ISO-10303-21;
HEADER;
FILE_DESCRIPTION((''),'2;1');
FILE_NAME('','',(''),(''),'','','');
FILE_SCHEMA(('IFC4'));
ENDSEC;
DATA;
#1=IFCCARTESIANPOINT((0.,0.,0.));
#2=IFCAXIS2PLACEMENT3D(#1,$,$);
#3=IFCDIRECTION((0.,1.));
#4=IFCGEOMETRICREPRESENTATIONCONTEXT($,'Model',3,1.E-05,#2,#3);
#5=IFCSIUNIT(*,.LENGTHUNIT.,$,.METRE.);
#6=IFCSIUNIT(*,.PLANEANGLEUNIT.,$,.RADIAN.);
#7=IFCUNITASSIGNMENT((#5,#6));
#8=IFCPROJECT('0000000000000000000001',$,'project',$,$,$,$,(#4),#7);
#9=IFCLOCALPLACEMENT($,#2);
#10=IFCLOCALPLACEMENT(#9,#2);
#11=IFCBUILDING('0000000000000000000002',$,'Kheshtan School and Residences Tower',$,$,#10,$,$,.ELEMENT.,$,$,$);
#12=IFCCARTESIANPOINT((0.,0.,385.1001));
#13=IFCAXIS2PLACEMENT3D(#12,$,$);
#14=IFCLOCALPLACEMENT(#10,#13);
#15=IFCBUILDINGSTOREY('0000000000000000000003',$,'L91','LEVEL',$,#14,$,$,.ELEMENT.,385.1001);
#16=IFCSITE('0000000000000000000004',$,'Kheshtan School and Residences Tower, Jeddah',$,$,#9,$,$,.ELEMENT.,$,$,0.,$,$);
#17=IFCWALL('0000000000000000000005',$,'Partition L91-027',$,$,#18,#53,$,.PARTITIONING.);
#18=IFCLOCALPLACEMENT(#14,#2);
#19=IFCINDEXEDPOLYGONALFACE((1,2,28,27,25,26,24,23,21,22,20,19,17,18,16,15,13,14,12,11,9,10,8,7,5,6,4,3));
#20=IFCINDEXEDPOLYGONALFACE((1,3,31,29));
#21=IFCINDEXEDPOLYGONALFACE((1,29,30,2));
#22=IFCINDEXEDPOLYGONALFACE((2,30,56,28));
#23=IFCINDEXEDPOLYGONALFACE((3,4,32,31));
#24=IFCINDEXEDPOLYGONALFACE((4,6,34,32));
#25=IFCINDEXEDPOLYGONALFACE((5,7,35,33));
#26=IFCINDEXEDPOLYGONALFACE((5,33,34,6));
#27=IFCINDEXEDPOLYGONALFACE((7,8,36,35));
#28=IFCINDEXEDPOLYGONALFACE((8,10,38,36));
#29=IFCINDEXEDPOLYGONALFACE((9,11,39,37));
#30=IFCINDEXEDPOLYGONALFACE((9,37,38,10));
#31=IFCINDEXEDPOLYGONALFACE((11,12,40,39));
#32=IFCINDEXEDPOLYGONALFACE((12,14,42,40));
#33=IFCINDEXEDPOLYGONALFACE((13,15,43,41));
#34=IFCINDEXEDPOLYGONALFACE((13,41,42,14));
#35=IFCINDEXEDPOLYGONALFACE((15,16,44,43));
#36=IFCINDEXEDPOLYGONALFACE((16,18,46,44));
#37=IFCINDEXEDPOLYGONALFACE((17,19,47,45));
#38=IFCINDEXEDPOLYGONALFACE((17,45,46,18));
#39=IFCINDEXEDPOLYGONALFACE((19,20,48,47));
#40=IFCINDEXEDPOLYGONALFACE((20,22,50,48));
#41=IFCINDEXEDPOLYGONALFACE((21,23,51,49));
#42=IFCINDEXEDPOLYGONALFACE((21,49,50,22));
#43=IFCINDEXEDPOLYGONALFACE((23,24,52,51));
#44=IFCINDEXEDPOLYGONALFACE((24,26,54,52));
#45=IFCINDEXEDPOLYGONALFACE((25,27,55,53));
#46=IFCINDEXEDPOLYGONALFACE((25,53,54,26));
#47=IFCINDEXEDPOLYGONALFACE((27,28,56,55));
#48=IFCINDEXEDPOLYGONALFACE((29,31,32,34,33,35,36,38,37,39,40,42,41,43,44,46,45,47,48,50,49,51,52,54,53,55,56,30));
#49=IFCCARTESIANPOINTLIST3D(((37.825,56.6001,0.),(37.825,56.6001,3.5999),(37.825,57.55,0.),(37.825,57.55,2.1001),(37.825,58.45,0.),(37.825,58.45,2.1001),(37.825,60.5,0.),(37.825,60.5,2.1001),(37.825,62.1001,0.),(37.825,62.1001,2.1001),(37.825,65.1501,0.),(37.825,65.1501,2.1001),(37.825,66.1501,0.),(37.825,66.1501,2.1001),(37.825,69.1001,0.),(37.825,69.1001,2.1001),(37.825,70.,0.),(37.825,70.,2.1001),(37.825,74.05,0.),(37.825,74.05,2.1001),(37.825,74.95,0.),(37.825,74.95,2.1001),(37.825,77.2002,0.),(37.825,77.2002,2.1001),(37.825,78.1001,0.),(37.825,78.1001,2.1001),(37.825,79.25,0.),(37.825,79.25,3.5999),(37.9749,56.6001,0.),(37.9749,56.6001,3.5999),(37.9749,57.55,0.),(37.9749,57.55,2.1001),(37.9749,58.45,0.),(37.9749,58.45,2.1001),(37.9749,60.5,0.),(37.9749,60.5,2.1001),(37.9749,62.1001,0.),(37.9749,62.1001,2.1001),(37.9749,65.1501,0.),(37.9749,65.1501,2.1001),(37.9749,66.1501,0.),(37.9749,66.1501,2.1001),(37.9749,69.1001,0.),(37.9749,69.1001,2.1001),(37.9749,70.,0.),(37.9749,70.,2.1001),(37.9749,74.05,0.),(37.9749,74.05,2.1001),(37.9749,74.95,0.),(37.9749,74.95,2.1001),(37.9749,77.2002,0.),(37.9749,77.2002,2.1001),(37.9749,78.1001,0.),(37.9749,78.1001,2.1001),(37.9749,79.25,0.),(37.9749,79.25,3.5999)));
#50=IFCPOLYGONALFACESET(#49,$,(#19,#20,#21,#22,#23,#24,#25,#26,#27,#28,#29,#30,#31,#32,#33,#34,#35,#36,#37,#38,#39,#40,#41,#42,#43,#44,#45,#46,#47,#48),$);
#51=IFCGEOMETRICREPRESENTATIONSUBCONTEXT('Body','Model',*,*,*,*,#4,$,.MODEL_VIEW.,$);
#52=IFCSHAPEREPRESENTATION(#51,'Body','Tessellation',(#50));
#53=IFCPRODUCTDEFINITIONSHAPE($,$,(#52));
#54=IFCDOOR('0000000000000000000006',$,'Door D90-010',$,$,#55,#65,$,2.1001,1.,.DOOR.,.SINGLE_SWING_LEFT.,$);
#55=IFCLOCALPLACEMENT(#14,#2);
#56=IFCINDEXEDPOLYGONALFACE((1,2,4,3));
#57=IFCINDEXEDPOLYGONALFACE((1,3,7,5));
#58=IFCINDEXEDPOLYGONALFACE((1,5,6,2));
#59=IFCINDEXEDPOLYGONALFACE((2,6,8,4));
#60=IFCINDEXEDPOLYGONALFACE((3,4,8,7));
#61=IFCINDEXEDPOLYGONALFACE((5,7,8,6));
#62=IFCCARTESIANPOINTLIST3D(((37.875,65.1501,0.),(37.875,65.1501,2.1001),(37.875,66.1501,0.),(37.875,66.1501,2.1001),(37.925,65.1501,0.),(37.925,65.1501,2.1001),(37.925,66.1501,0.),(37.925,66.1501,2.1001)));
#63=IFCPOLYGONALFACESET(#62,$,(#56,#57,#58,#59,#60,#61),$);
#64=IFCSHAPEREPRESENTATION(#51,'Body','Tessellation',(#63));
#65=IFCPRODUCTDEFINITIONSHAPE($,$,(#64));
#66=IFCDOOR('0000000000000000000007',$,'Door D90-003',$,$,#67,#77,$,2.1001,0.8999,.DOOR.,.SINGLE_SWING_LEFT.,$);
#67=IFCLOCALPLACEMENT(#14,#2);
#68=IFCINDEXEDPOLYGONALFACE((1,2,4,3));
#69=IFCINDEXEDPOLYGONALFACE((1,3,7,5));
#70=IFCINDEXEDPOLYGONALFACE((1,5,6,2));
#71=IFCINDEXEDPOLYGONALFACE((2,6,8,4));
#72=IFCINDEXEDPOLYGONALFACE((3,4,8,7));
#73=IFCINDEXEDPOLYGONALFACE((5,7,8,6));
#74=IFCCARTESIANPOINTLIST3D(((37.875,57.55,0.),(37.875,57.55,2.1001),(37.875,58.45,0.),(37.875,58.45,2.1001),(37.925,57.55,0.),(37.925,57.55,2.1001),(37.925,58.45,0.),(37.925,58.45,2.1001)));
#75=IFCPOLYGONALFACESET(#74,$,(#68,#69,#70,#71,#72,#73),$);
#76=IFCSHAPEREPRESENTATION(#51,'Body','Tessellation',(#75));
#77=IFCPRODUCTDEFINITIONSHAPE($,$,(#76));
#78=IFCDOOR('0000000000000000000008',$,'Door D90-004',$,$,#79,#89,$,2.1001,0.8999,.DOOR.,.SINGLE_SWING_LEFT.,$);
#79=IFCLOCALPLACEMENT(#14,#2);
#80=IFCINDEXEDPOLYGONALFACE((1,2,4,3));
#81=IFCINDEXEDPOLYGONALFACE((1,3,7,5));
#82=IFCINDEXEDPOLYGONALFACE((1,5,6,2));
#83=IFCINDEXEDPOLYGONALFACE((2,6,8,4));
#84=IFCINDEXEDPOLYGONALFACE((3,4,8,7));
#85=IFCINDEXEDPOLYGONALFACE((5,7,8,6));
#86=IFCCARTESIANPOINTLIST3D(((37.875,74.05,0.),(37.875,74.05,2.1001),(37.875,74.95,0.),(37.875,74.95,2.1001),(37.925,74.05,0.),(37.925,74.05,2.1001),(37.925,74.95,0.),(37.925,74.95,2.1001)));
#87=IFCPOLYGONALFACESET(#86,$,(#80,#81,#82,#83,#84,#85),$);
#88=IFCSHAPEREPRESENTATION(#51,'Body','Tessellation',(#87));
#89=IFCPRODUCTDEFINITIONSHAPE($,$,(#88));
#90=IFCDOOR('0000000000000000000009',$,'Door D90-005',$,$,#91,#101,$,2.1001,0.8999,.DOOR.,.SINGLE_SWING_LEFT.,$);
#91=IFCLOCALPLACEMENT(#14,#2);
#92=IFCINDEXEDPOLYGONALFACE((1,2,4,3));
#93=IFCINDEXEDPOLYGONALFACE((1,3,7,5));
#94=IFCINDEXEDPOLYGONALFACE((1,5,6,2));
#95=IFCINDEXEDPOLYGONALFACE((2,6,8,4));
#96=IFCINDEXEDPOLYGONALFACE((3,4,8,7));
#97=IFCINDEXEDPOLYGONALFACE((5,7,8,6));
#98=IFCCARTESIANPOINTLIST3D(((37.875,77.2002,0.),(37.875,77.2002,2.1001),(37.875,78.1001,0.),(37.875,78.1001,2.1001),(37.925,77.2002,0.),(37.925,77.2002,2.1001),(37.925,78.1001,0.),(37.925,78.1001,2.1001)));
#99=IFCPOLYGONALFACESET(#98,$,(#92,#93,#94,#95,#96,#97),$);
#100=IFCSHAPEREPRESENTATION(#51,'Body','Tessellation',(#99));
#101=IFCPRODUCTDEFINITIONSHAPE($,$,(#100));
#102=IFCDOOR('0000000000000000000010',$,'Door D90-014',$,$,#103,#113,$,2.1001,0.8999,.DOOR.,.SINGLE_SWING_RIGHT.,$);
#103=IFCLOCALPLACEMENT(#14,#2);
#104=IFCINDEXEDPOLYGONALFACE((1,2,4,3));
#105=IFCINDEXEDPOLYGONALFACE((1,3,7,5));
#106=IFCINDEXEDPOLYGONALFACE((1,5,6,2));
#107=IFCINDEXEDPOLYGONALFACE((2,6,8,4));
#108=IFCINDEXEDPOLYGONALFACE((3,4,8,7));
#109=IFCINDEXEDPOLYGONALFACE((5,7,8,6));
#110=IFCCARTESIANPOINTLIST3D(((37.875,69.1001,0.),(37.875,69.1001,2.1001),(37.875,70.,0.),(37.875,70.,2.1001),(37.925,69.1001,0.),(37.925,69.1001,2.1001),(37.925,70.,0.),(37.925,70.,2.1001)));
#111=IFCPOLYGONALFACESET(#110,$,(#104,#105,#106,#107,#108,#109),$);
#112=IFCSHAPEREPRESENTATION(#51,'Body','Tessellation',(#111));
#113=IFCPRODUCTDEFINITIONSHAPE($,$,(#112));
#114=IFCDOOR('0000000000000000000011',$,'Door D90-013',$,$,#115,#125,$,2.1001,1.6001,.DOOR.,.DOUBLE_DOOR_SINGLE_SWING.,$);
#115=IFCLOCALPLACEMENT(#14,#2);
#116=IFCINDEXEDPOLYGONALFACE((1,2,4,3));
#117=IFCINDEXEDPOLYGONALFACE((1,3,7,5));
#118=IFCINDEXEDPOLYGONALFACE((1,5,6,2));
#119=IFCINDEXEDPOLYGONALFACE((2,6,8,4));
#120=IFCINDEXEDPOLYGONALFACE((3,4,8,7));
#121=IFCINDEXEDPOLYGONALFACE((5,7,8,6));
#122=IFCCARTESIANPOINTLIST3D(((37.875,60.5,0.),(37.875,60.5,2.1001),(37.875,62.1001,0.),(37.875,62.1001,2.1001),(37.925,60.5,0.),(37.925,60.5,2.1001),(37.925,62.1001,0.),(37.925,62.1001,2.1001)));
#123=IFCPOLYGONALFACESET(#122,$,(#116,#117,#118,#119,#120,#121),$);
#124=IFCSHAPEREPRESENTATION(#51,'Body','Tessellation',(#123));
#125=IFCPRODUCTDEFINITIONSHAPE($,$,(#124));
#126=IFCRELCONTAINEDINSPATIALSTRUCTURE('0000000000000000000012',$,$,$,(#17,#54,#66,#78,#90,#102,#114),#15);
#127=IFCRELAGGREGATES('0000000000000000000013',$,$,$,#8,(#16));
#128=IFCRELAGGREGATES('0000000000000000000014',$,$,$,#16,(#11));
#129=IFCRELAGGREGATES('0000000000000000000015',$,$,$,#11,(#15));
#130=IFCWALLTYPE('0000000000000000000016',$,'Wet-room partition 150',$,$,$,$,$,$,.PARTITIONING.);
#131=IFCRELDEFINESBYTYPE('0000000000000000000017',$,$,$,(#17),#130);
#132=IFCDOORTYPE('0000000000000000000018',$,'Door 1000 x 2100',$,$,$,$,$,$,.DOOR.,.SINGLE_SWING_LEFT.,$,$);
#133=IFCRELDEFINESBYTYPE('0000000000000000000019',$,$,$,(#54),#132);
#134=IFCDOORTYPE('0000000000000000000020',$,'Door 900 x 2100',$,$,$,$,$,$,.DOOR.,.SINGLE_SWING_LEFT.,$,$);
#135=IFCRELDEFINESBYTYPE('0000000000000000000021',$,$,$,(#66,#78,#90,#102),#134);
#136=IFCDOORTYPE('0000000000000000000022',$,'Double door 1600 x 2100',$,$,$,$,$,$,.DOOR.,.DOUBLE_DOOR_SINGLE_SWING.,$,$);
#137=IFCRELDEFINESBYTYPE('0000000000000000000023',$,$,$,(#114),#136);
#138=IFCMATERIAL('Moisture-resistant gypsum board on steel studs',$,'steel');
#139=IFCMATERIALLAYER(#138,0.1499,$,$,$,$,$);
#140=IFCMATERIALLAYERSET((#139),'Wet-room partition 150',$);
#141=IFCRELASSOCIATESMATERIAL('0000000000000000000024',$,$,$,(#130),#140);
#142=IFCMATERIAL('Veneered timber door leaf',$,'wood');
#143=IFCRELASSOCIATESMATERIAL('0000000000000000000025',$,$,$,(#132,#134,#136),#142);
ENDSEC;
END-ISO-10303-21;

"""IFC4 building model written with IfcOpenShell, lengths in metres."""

from ifc_helpers import new_model, si_unit, direction, frame, frame_2d, origin, place, context, subcontext, project, spatial, rectangle, extrude, source, transform, mapped, material, layer, layer_set, type_object, element, fill, save


model = new_model("IFC4")

# Units and contexts
model_context = context("Model", 3, precision=1e-05, world=origin(), true_north=direction((0.0, 1.0)))
body_context = subcontext(model_context, "Body", "Model", "MODEL_VIEW")
ifc_project = project(units=[si_unit("LENGTHUNIT", "METRE"), si_unit("PLANEANGLEUNIT", "RADIAN")], contexts=[model_context])

# Site, building, storey
site_placement = place(None, origin())
site = spatial("IfcSite", under=ifc_project, at=site_placement, Name="Kheshtan School and Residences Tower, Jeddah", CompositionType="ELEMENT", RefElevation=0.0)
building_placement = place(site_placement, origin())
building = spatial("IfcBuilding", under=site, at=building_placement, Name="Kheshtan School and Residences Tower", CompositionType="ELEMENT")
storey_placement = place(building_placement, frame((0.0, 0.0, 385.1001)))
storey = spatial("IfcBuildingStorey", under=building, at=storey_placement, Name="L91", Description="LEVEL", CompositionType="ELEMENT", Elevation=385.1001)

# Wall, openings, doors
ifc_material_1 = material(Name="Moisture-resistant gypsum board on steel studs", Category="steel")
ifc_layer_1 = layer(ifc_material_1, 0.1499)
ifc_layer_set_1 = layer_set([ifc_layer_1], Name="Wet-room partition 150")
wall_type_1 = type_object("IfcWallType", Name="Wet-room partition 150", PredefinedType="PARTITIONING", material=ifc_layer_set_1)
wall_1_placement = place(storey_placement, frame((37.8999, 56.6001, 0.0), z_axis=(0.0, 0.0, 1.0), x_axis=(0.0, 1.0, 0.0)))
wall_1 = element("IfcWall", 1, at=wall_1_placement, inside=storey, type_object=wall_type_1, Name="Partition L91-027", PredefinedType="PARTITIONING", context=body_context, shape_type="SweptSolid", body=[
    extrude(rectangle(XDim=22.6499, YDim=0.1499, at=frame_2d((11.325, 0.0))), origin(), (0.0, 0.0, 1.0), 3.5999),
])
opening_1_placement = place(wall_1_placement, frame((0.95, 0.0, 0.0)))
opening_1 = element("IfcOpeningElement", 2, at=opening_1_placement, cuts=wall_1, PredefinedType="OPENING", context=body_context, shape_type="SweptSolid", body=[
    extrude(rectangle(XDim=0.8999, YDim=2.1001, at=frame_2d((0.45, 1.05))), frame((0.0, 0.085, 0.0), z_axis=(0.0, -1.0, 0.0), x_axis=(1.0, 0.0, 0.0)), (0.0, 0.0, 1.0), 0.1699),
])
opening_2_placement = place(wall_1_placement, frame((17.45, 0.0, 0.0)))
opening_2 = element("IfcOpeningElement", 3, at=opening_2_placement, cuts=wall_1, PredefinedType="OPENING", context=body_context, shape_type="SweptSolid", body=[
    extrude(rectangle(XDim=0.8999, YDim=2.1001, at=frame_2d((0.45, 1.05))), frame((0.0, 0.085, 0.0), z_axis=(0.0, -1.0, 0.0), x_axis=(1.0, 0.0, 0.0)), (0.0, 0.0, 1.0), 0.1699),
])
opening_3_placement = place(wall_1_placement, frame((20.6001, 0.0, 0.0)))
opening_3 = element("IfcOpeningElement", 4, at=opening_3_placement, cuts=wall_1, PredefinedType="OPENING", context=body_context, shape_type="SweptSolid", body=[
    extrude(rectangle(XDim=0.8999, YDim=2.1001, at=frame_2d((0.45, 1.05))), frame((0.0, 0.085, 0.0), z_axis=(0.0, -1.0, 0.0), x_axis=(1.0, 0.0, 0.0)), (0.0, 0.0, 1.0), 0.1699),
])
opening_4_placement = place(wall_1_placement, frame((8.55, 0.0, 0.0)))
opening_4 = element("IfcOpeningElement", 5, at=opening_4_placement, cuts=wall_1, PredefinedType="OPENING", context=body_context, shape_type="SweptSolid", body=[
    extrude(rectangle(XDim=1.0, YDim=2.1001, at=frame_2d((0.5, 1.05))), frame((0.0, 0.085, 0.0), z_axis=(0.0, -1.0, 0.0), x_axis=(1.0, 0.0, 0.0)), (0.0, 0.0, 1.0), 0.1699),
])
opening_5_placement = place(wall_1_placement, frame((3.8999, 0.0, 0.0)))
opening_5 = element("IfcOpeningElement", 6, at=opening_5_placement, cuts=wall_1, PredefinedType="OPENING", context=body_context, shape_type="SweptSolid", body=[
    extrude(rectangle(XDim=1.6001, YDim=2.1001, at=frame_2d((0.8, 1.05))), frame((0.0, 0.085, 0.0), z_axis=(0.0, -1.0, 0.0), x_axis=(1.0, 0.0, 0.0)), (0.0, 0.0, 1.0), 0.1699),
])
opening_6_placement = place(wall_1_placement, frame((12.5, 0.0, 0.0)))
opening_6 = element("IfcOpeningElement", 7, at=opening_6_placement, cuts=wall_1, PredefinedType="OPENING", context=body_context, shape_type="SweptSolid", body=[
    extrude(rectangle(XDim=0.8999, YDim=2.1001, at=frame_2d((0.45, 1.05))), frame((0.0, 0.085, 0.0), z_axis=(0.0, -1.0, 0.0), x_axis=(1.0, 0.0, 0.0)), (0.0, 0.0, 1.0), 0.1699),
])
ifc_material_2 = material(Name="Veneered timber door leaf", Category="wood")
door_type_1 = type_object("IfcDoorType", Name="Door 1000 x 2100", OperationType="SINGLE_SWING_LEFT", PredefinedType="DOOR", material=ifc_material_2)
shared_shape_1 = source(origin(), body_context, "Body", "SweptSolid", [
    extrude(rectangle(XDim=1.0, YDim=2.1001, at=frame_2d((0.5, 1.05))), frame((0.0, 0.0249, 0.0), z_axis=(0.0, -1.0, 0.0), x_axis=(1.0, 0.0, 0.0)), (0.0, 0.0, 1.0), 0.05),
])
door_1_placement = place(opening_4_placement, origin())
door_1 = element("IfcDoor", 8, at=door_1_placement, inside=storey, type_object=door_type_1, Name="Door D90-010", OperationType="SINGLE_SWING_LEFT", OverallHeight=2.1001, OverallWidth=1.0, PredefinedType="DOOR", context=body_context, shape_type="MappedRepresentation", body=[
    mapped(shared_shape_1, transform((0.0, 0.0, 0.0), x_axis=(1.0, 0.0, 0.0), y_axis=(0.0, 1.0, 0.0), z_axis=(0.0, 0.0, 1.0), scale=1.0)),
])
fill(opening_4, door_1)
door_type_2 = type_object("IfcDoorType", Name="Door 900 x 2100", OperationType="SINGLE_SWING_LEFT", PredefinedType="DOOR", material=ifc_material_2)
shared_shape_2 = source(origin(), body_context, "Body", "SweptSolid", [
    extrude(rectangle(XDim=0.8999, YDim=2.1001, at=frame_2d((0.45, 1.05))), frame((0.0, 0.0249, 0.0), z_axis=(0.0, -1.0, 0.0), x_axis=(1.0, 0.0, 0.0)), (0.0, 0.0, 1.0), 0.05),
])
door_2_placement = place(opening_1_placement, origin())
door_2 = element("IfcDoor", 9, at=door_2_placement, inside=storey, type_object=door_type_2, Name="Door D90-003", OperationType="SINGLE_SWING_LEFT", OverallHeight=2.1001, OverallWidth=0.8999, PredefinedType="DOOR", context=body_context, shape_type="MappedRepresentation", body=[
    mapped(shared_shape_2, transform((0.0, 0.0, 0.0), x_axis=(1.0, 0.0, 0.0), y_axis=(0.0, 1.0, 0.0), z_axis=(0.0, 0.0, 1.0), scale=1.0)),
])
fill(opening_1, door_2)
door_3_placement = place(opening_2_placement, origin())
door_3 = element("IfcDoor", 10, at=door_3_placement, inside=storey, type_object=door_type_2, Name="Door D90-004", OperationType="SINGLE_SWING_LEFT", OverallHeight=2.1001, OverallWidth=0.8999, PredefinedType="DOOR", context=body_context, shape_type="MappedRepresentation", body=[
    mapped(shared_shape_2, transform((0.0, 0.0, 0.0), x_axis=(1.0, 0.0, 0.0), y_axis=(0.0, 1.0, 0.0), z_axis=(0.0, 0.0, 1.0), scale=1.0)),
])
fill(opening_2, door_3)
door_4_placement = place(opening_3_placement, origin())
door_4 = element("IfcDoor", 11, at=door_4_placement, inside=storey, type_object=door_type_2, Name="Door D90-005", OperationType="SINGLE_SWING_LEFT", OverallHeight=2.1001, OverallWidth=0.8999, PredefinedType="DOOR", context=body_context, shape_type="MappedRepresentation", body=[
    mapped(shared_shape_2, transform((0.0, 0.0, 0.0), x_axis=(1.0, 0.0, 0.0), y_axis=(0.0, 1.0, 0.0), z_axis=(0.0, 0.0, 1.0), scale=1.0)),
])
fill(opening_3, door_4)
door_5_placement = place(opening_6_placement, origin())
door_5 = element("IfcDoor", 12, at=door_5_placement, inside=storey, type_object=door_type_2, Name="Door D90-014", OperationType="SINGLE_SWING_RIGHT", OverallHeight=2.1001, OverallWidth=0.8999, PredefinedType="DOOR", context=body_context, shape_type="MappedRepresentation", body=[
    mapped(shared_shape_2, transform((0.0, 0.0, 0.0), x_axis=(1.0, 0.0, 0.0), y_axis=(0.0, 1.0, 0.0), z_axis=(0.0, 0.0, 1.0), scale=1.0)),
])
fill(opening_6, door_5)
door_type_3 = type_object("IfcDoorType", Name="Double door 1600 x 2100", OperationType="DOUBLE_DOOR_SINGLE_SWING", PredefinedType="DOOR", material=ifc_material_2)
shared_shape_3 = source(origin(), body_context, "Body", "SweptSolid", [
    extrude(rectangle(XDim=1.6001, YDim=2.1001, at=frame_2d((0.8, 1.05))), frame((0.0, 0.0249, 0.0), z_axis=(0.0, -1.0, 0.0), x_axis=(1.0, 0.0, 0.0)), (0.0, 0.0, 1.0), 0.05),
])
door_6_placement = place(opening_5_placement, origin())
door_6 = element("IfcDoor", 13, at=door_6_placement, inside=storey, type_object=door_type_3, Name="Door D90-013", OperationType="DOUBLE_DOOR_SINGLE_SWING", OverallHeight=2.1001, OverallWidth=1.6001, PredefinedType="DOOR", context=body_context, shape_type="MappedRepresentation", body=[
    mapped(shared_shape_3, transform((0.0, 0.0, 0.0), x_axis=(1.0, 0.0, 0.0), y_axis=(0.0, 1.0, 0.0), z_axis=(0.0, 0.0, 1.0), scale=1.0)),
])
fill(opening_5, door_6)

save(model, "model.ifc")
